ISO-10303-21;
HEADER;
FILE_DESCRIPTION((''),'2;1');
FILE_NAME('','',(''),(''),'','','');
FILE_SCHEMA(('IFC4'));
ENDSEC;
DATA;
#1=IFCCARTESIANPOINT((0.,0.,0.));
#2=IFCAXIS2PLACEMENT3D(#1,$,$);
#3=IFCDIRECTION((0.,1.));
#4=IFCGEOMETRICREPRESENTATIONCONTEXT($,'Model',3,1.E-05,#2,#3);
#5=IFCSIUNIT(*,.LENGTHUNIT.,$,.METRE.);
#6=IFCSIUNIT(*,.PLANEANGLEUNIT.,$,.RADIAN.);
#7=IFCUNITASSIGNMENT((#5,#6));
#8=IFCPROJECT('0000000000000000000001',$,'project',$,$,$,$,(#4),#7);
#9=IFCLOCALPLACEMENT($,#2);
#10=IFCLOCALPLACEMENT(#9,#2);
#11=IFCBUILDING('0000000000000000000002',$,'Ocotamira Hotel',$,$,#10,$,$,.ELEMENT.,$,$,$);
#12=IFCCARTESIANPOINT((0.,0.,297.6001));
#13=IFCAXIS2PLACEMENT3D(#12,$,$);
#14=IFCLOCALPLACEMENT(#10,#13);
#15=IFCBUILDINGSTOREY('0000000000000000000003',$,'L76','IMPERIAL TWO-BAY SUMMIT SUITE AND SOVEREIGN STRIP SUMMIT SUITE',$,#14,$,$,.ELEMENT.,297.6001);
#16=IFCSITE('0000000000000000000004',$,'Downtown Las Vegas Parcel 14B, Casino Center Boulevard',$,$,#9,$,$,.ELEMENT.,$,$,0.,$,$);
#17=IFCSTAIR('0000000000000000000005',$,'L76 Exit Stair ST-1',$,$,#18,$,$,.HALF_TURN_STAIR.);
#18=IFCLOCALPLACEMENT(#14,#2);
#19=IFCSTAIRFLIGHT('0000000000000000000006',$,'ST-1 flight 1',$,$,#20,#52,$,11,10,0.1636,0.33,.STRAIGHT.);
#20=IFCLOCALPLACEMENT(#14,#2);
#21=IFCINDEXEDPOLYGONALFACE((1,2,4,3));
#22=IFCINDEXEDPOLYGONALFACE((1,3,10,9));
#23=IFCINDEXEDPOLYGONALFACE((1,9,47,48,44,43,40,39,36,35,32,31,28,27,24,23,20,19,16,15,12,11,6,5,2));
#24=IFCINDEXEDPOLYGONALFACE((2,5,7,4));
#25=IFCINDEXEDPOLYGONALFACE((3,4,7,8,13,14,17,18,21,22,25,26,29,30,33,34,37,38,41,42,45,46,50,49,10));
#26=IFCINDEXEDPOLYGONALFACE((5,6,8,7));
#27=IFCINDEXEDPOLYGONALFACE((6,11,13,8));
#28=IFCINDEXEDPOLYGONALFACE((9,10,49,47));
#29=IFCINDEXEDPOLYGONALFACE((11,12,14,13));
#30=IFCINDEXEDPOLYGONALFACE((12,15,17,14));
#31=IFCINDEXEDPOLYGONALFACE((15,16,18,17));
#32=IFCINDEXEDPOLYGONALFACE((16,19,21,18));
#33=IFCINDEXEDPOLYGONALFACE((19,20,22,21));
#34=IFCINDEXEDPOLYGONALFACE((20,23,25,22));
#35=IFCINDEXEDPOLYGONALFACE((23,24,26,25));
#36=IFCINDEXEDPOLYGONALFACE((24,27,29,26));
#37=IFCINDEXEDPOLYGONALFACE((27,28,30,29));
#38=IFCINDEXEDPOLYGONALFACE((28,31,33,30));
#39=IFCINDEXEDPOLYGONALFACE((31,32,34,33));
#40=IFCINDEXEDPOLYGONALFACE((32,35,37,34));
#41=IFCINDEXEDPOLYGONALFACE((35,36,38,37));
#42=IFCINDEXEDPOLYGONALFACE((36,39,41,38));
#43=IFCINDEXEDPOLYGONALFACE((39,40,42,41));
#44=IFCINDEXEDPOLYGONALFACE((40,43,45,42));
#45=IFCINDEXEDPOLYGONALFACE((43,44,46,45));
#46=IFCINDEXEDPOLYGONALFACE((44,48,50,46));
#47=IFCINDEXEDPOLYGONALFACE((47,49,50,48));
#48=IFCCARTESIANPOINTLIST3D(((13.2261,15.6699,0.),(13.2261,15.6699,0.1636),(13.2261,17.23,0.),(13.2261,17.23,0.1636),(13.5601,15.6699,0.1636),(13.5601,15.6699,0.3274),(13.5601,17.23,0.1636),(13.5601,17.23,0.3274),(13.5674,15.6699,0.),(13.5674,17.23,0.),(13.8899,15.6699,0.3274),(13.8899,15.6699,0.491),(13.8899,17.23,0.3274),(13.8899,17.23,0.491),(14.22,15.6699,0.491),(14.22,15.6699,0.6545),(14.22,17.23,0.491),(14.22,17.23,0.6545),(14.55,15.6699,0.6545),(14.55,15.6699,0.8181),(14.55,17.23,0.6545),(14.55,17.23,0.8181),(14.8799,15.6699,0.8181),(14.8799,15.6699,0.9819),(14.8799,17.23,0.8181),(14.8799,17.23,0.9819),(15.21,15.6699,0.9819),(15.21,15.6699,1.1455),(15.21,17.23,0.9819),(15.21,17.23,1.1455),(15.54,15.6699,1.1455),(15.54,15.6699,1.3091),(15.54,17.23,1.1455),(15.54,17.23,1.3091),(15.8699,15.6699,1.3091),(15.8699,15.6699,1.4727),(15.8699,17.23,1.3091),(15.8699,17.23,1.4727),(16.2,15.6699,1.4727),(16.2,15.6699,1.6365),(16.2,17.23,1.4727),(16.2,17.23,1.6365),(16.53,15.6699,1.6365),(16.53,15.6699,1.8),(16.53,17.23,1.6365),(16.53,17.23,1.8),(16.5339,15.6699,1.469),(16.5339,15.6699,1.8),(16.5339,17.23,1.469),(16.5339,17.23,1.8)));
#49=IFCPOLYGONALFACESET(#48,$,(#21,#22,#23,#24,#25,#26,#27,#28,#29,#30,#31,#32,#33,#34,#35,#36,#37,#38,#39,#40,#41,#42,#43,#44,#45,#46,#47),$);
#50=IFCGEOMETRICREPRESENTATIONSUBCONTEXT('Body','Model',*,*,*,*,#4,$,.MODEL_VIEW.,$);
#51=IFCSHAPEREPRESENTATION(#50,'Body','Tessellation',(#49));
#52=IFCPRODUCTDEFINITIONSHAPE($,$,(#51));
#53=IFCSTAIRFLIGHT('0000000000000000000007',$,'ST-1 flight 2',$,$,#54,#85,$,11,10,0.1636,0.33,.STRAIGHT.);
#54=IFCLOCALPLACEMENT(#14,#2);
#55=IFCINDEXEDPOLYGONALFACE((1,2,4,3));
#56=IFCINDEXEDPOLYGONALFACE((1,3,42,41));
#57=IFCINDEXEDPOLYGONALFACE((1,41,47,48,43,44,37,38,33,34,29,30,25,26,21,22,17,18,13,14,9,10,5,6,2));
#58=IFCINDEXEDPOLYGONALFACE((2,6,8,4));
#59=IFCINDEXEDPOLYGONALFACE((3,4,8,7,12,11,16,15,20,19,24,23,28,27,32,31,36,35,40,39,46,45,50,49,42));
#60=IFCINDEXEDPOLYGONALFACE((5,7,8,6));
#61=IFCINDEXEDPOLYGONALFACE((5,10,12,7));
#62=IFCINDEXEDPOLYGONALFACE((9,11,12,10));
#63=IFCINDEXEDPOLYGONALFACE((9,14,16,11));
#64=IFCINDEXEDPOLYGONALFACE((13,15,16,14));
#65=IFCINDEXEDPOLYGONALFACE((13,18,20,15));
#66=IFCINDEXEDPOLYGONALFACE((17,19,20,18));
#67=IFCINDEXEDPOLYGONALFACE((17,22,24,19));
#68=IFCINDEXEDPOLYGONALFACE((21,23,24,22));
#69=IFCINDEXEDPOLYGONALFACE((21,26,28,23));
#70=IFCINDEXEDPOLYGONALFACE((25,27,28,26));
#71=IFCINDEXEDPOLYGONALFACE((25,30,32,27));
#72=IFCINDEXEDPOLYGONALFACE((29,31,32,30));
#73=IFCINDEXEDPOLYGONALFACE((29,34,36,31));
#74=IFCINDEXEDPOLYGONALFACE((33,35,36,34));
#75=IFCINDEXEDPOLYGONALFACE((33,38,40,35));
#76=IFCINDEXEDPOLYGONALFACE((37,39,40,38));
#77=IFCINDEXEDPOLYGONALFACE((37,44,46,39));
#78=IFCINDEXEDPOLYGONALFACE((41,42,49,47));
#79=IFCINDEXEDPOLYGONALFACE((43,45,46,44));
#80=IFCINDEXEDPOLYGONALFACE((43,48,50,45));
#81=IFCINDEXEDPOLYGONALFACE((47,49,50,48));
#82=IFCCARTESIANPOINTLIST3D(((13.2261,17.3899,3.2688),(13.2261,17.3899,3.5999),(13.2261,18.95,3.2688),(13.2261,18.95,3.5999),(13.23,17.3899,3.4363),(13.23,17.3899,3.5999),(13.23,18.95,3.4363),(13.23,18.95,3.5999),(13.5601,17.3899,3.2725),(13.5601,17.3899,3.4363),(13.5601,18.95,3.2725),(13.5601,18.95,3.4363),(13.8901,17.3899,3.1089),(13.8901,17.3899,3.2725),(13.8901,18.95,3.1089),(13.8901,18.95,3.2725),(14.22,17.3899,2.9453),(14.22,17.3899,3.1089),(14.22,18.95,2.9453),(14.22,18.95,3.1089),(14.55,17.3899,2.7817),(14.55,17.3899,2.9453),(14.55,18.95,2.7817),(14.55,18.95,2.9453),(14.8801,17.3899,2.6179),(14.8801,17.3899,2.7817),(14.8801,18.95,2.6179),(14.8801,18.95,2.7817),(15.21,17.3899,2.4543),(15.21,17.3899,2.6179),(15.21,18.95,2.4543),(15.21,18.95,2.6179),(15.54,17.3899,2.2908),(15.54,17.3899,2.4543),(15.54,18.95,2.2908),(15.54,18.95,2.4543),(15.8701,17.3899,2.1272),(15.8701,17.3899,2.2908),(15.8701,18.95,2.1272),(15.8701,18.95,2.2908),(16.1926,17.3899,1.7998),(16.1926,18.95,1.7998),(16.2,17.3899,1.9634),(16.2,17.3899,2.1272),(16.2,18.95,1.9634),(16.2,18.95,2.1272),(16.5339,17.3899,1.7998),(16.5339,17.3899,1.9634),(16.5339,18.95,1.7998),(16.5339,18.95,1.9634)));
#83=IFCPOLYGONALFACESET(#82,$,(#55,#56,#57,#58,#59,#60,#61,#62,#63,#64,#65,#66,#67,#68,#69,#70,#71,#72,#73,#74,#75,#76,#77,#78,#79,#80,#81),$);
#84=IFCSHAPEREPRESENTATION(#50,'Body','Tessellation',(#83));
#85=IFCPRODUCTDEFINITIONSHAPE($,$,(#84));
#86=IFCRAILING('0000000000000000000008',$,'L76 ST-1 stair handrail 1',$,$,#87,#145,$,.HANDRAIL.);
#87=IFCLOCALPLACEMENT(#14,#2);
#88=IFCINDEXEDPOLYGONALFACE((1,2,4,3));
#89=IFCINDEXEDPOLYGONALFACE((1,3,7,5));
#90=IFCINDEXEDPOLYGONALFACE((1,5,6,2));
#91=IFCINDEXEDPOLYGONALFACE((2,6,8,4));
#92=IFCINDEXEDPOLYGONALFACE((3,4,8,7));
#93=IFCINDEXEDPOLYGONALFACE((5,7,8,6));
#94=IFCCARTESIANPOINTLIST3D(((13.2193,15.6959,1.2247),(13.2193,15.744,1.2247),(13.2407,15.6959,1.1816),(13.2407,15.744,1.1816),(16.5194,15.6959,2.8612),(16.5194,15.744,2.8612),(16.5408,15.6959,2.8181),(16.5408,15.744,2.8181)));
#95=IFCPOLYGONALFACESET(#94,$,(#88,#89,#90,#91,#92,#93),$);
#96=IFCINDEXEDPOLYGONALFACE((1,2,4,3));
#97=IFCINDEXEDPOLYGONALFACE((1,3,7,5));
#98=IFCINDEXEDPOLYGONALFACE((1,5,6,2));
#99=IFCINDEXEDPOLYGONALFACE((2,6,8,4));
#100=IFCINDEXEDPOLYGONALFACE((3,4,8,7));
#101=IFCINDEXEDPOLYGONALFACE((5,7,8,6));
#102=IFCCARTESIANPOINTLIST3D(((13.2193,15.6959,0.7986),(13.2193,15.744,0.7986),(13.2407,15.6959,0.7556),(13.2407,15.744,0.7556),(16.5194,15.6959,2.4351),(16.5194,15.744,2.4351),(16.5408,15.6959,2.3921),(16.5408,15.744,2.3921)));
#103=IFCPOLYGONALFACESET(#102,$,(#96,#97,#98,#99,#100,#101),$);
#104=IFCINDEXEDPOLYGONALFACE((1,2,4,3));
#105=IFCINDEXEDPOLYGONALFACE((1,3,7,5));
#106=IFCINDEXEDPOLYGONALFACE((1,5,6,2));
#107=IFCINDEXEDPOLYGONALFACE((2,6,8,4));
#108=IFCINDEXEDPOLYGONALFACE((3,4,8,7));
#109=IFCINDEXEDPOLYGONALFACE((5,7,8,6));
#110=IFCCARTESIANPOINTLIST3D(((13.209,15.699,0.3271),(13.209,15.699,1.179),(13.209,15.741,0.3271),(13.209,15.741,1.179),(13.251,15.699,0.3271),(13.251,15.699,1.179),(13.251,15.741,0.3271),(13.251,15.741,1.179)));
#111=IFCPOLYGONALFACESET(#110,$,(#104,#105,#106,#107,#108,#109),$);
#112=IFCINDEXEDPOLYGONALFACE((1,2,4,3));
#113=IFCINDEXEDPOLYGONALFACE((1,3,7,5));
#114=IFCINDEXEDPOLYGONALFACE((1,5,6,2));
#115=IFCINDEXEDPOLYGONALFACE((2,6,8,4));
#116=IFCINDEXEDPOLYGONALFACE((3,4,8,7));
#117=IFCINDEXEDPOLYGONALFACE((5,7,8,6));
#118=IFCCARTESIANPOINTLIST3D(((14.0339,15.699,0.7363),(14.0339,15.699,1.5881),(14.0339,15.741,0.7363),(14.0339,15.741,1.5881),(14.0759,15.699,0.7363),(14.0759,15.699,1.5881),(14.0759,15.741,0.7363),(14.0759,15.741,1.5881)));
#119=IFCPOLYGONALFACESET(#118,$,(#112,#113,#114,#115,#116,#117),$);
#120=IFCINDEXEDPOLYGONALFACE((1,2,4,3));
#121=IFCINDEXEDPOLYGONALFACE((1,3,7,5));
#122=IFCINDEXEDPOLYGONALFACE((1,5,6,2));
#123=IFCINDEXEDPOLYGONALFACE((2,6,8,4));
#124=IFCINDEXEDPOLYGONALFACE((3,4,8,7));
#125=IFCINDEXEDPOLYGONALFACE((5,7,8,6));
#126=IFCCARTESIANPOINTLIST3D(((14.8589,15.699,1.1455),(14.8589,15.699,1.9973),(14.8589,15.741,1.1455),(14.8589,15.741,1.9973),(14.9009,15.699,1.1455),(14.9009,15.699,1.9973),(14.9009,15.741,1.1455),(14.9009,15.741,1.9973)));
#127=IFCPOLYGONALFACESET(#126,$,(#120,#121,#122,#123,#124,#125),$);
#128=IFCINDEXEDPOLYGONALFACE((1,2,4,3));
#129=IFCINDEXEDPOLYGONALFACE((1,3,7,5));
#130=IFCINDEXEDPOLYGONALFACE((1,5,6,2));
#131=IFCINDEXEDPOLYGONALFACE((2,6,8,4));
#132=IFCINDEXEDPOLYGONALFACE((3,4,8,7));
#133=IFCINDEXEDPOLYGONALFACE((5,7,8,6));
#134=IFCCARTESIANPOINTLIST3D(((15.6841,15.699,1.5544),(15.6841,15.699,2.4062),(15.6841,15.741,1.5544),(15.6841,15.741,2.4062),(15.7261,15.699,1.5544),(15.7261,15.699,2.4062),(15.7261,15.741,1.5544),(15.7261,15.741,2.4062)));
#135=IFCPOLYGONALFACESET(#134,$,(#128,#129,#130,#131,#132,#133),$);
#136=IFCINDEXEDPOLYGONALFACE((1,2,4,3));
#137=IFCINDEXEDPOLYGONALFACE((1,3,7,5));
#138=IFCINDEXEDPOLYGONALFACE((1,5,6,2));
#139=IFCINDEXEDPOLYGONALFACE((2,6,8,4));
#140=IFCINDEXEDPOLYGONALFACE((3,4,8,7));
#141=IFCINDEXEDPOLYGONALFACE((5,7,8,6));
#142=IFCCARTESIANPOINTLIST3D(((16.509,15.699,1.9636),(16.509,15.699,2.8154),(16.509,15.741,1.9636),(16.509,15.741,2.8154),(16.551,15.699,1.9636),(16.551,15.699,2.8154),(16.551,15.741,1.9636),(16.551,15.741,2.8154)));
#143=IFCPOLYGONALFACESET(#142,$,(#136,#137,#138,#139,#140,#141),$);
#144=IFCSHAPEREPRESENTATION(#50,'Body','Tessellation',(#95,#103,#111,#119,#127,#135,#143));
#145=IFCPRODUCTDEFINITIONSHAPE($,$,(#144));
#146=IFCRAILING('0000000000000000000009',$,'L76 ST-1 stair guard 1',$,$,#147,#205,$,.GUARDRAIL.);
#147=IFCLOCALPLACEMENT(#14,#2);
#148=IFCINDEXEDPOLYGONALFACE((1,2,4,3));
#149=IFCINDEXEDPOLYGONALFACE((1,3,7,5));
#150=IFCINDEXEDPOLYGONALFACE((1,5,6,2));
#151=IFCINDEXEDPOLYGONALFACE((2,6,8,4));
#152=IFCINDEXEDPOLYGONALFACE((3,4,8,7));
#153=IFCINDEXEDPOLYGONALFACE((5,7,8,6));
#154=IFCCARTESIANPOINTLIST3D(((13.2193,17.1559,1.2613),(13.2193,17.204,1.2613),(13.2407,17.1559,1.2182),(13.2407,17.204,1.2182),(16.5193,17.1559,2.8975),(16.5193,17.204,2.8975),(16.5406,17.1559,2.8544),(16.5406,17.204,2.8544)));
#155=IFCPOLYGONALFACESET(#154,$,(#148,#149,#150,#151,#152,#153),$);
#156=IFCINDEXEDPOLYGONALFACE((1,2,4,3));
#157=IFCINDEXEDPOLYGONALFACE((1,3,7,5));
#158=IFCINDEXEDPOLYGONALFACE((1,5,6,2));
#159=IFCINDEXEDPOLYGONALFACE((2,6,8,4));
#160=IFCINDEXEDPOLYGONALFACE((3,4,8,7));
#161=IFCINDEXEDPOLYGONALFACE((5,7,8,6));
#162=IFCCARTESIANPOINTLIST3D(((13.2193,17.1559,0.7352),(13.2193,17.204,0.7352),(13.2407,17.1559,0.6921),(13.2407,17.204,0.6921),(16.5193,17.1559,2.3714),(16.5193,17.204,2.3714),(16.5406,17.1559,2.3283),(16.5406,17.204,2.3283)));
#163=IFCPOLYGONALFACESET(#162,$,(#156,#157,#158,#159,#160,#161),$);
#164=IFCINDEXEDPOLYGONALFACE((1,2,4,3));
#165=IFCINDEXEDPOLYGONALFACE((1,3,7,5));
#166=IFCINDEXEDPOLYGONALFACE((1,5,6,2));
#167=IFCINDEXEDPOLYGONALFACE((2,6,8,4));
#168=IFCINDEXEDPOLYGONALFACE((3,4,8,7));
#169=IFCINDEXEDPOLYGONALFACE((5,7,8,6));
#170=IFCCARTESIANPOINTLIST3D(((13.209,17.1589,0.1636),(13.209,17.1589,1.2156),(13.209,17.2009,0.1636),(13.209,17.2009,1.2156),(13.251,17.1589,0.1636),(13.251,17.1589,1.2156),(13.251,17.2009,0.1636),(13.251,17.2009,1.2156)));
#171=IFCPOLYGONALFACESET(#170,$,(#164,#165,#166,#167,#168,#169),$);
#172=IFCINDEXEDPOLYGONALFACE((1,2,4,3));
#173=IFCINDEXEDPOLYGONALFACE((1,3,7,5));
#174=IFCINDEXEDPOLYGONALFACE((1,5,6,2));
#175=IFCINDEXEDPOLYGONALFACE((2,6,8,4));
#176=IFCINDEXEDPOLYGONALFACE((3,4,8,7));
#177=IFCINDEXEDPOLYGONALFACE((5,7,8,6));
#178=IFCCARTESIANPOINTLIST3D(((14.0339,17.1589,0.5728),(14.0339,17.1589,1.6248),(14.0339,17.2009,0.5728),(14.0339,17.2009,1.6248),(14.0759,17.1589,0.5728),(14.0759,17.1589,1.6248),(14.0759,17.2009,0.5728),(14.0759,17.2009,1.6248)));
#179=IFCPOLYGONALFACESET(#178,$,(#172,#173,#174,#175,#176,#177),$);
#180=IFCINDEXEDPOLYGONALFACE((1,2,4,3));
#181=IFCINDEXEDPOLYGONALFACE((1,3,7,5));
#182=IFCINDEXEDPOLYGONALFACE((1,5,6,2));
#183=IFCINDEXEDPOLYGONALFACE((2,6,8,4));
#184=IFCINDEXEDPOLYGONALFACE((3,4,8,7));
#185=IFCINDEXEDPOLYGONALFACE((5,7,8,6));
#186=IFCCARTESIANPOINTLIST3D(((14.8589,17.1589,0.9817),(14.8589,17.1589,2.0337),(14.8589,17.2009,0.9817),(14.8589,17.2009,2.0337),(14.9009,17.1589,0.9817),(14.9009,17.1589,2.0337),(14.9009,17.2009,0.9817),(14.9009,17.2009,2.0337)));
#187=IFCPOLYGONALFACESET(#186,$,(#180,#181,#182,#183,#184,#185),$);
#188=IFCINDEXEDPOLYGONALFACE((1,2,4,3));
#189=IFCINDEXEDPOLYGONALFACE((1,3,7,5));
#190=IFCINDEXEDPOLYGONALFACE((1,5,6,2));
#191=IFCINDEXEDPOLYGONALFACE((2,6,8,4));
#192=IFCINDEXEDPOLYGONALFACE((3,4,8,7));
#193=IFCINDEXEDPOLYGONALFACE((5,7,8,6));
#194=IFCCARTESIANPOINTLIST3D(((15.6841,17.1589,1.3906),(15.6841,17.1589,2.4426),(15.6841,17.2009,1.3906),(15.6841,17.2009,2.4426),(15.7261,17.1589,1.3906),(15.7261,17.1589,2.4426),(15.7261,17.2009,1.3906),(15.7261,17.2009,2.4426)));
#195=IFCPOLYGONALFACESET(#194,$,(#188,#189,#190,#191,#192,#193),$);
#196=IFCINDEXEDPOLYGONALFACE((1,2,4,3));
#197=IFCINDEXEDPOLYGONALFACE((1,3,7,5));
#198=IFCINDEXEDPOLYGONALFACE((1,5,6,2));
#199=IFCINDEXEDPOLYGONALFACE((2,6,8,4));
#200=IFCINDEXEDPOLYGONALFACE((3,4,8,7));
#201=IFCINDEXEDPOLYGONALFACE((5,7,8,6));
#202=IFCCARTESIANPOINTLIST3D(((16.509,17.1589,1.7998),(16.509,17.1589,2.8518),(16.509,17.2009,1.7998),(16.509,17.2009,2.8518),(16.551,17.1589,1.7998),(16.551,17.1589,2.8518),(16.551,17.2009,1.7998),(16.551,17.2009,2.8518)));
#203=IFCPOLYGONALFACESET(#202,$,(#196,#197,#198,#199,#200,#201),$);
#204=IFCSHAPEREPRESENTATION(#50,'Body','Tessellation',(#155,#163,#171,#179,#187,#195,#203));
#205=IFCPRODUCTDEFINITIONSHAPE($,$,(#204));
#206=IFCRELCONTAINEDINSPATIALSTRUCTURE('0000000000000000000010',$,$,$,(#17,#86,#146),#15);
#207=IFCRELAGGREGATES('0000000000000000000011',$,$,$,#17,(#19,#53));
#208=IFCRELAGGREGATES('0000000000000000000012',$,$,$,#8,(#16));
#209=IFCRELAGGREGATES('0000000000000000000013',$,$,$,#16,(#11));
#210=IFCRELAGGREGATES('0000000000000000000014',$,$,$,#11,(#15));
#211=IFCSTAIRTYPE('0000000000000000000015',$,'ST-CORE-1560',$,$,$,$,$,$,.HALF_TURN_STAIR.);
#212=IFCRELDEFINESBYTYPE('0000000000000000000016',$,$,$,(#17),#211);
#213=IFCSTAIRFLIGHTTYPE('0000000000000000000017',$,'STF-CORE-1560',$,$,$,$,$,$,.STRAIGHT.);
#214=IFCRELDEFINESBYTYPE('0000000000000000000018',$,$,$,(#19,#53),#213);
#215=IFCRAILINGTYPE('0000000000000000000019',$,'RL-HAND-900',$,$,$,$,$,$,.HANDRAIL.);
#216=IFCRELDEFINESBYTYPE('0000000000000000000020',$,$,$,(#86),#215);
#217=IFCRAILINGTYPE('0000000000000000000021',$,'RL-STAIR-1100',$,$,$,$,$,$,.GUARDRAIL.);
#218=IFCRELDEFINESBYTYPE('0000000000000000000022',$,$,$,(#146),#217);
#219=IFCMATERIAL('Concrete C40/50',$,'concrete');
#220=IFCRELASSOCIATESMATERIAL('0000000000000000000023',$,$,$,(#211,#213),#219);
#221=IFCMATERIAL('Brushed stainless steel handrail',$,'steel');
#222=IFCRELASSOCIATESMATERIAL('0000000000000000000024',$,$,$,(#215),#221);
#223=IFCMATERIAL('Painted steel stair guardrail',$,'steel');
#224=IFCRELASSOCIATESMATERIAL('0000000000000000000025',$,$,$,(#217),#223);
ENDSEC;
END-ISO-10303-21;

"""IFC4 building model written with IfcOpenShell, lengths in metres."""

from ifc_helpers import new_model, si_unit, direction, frame, origin, origin_2d, place, context, subcontext, project, spatial, polyline, rectangle, outline, extrude, source, transform, mapped, material, type_object, element, aggregate, save


model = new_model("IFC4")

# Units and contexts
model_context = context("Model", 3, precision=1e-05, world=origin(), true_north=direction((0.0, 1.0)))
body_context = subcontext(model_context, "Body", "Model", "MODEL_VIEW")
ifc_project = project(units=[si_unit("LENGTHUNIT", "METRE"), si_unit("PLANEANGLEUNIT", "RADIAN")], contexts=[model_context])

# Site, building, storey
site_placement = place(None, origin())
site = spatial("IfcSite", under=ifc_project, at=site_placement, Name="Downtown Las Vegas Parcel 14B, Casino Center Boulevard", CompositionType="ELEMENT", RefElevation=0.0)
building_placement = place(site_placement, origin())
building = spatial("IfcBuilding", under=site, at=building_placement, Name="Ocotamira Hotel", CompositionType="ELEMENT")
storey_placement = place(building_placement, frame((0.0, 0.0, 297.6001)))
storey = spatial("IfcBuildingStorey", under=building, at=storey_placement, Name="L76", Description="IMPERIAL TWO-BAY SUMMIT SUITE AND SOVEREIGN STRIP SUMMIT SUITE", CompositionType="ELEMENT", Elevation=297.6001)

# Stair, stair flights
ifc_material_1 = material(Name="Concrete C40/50", Category="concrete")
stair_type = type_object("IfcStairType", Name="ST-CORE-1560", PredefinedType="HALF_TURN_STAIR", material=ifc_material_1)
stair_placement = place(storey_placement, origin())
stair = element("IfcStair", 1, at=stair_placement, inside=storey, type_object=stair_type, Name="L76 Exit Stair ST-1", PredefinedType="HALF_TURN_STAIR")
stair_flight_type = type_object("IfcStairFlightType", Name="STF-CORE-1560", PredefinedType="STRAIGHT", material=ifc_material_1)
shared_shape_1 = source(origin(), body_context, "Body", "SweptSolid", [
    extrude(outline(polyline([(-0.0039, 0.0), (-0.0039, 0.1636), (0.3301, 0.1636), (0.3301, 0.3274), (0.6599, 0.3274), (0.6599, 0.491), (0.99, 0.491), (0.99, 0.6545), (1.3201, 0.6545), (1.3201, 0.8181), (1.6499, 0.8181), (1.6499, 0.9819), (1.98, 0.9819), (1.98, 1.1455), (2.3101, 1.1455), (2.3101, 1.3091), (2.6399, 1.3091), (2.6399, 1.4727), (2.97, 1.4727), (2.97, 1.6365), (3.3, 1.6365), (3.3, 1.8), (3.304, 1.8), (3.304, 1.469), (0.3374, 0.0), (-0.0039, 0.0)])), frame((0.0, 0.78, 0.0), z_axis=(0.0, -1.0, 0.0), x_axis=(1.0, 0.0, 0.0)), (0.0, 0.0, 1.0), 1.5601),
])
stair_flight_1_placement = place(storey_placement, frame((13.23, 16.45, 0.0), z_axis=(0.0, 0.0, 1.0), x_axis=(1.0, 0.0, 0.0)))
stair_flight_1 = element("IfcStairFlight", 2, at=stair_flight_1_placement, type_object=stair_flight_type, Name="ST-1 flight 1", NumberOfRisers=11, NumberOfTreads=10, PredefinedType="STRAIGHT", RiserHeight=0.1636, TreadLength=0.33, context=body_context, shape_type="MappedRepresentation", body=[
    mapped(shared_shape_1, transform((0.0, 0.0, 0.0), scale=1.0)),
])
stair_flight_2_placement = place(storey_placement, frame((16.53, 18.1699, 1.7998), z_axis=(0.0, 0.0, 1.0), x_axis=(-1.0, 0.0, 0.0)))
stair_flight_2 = element("IfcStairFlight", 3, at=stair_flight_2_placement, type_object=stair_flight_type, Name="ST-1 flight 2", NumberOfRisers=11, NumberOfTreads=10, PredefinedType="STRAIGHT", RiserHeight=0.1636, TreadLength=0.33, context=body_context, shape_type="MappedRepresentation", body=[
    mapped(shared_shape_1, transform((0.0, 0.0, 0.0), scale=1.0)),
])
aggregate(stair, [stair_flight_1, stair_flight_2])

# Railings
ifc_material_2 = material(Name="Brushed stainless steel handrail", Category="steel")
railing_type_1 = type_object("IfcRailingType", Name="RL-HAND-900", PredefinedType="HANDRAIL", material=ifc_material_2)
railing_1_placement = place(storey_placement, frame((13.23, 15.72, 0.3271)))
element("IfcRailing", 4, at=railing_1_placement, inside=storey, type_object=railing_type_1, Name="L76 ST-1 stair handrail 1", PredefinedType="HANDRAIL", context=body_context, shape_type="SweptSolid", body=[
    extrude(rectangle(XDim=0.0481, YDim=0.0481, at=origin_2d()), frame((0.0, 0.0, 0.876), z_axis=(0.895894, 0.0, 0.444268), x_axis=(0.0, 1.0, 0.0)), (0.0, 0.0, 1.0), 3.6836),
    extrude(rectangle(XDim=0.0481, YDim=0.0481, at=origin_2d()), frame((0.0, 0.0, 0.45), z_axis=(0.895894, 0.0, 0.444268), x_axis=(0.0, 1.0, 0.0)), (0.0, 0.0, 1.0), 3.6836),
    extrude(rectangle(XDim=0.042, YDim=0.042, at=origin_2d()), origin(), (0.0, 0.0, 1.0), 0.8518),
    extrude(rectangle(XDim=0.042, YDim=0.042, at=origin_2d()), frame((0.825, 0.0, 0.4092)), (0.0, 0.0, 1.0), 0.8518),
    extrude(rectangle(XDim=0.042, YDim=0.042, at=origin_2d()), frame((1.6499, 0.0, 0.8184)), (0.0, 0.0, 1.0), 0.8518),
    extrude(rectangle(XDim=0.042, YDim=0.042, at=origin_2d()), frame((2.4751, 0.0, 1.2273)), (0.0, 0.0, 1.0), 0.8518),
    extrude(rectangle(XDim=0.042, YDim=0.042, at=origin_2d()), frame((3.3, 0.0, 1.6365)), (0.0, 0.0, 1.0), 0.8518),
])
ifc_material_3 = material(Name="Painted steel stair guardrail", Category="steel")
railing_type_2 = type_object("IfcRailingType", Name="RL-STAIR-1100", PredefinedType="GUARDRAIL", material=ifc_material_3)
railing_2_placement = place(storey_placement, frame((13.23, 17.1799, 0.1636)))
element("IfcRailing", 5, at=railing_2_placement, inside=storey, type_object=railing_type_2, Name="L76 ST-1 stair guard 1", PredefinedType="GUARDRAIL", context=body_context, shape_type="SweptSolid", body=[
    extrude(rectangle(XDim=0.0481, YDim=0.0481, at=origin_2d()), frame((0.0, 0.0, 1.0762), z_axis=(0.89592, 0.0, 0.444215), x_axis=(0.0, 1.0, 0.0)), (0.0, 0.0, 1.0), 3.6833),
    extrude(rectangle(XDim=0.0481, YDim=0.0481, at=origin_2d()), frame((0.0, 0.0, 0.55), z_axis=(0.89592, 0.0, 0.444215), x_axis=(0.0, 1.0, 0.0)), (0.0, 0.0, 1.0), 3.6833),
    extrude(rectangle(XDim=0.042, YDim=0.042, at=origin_2d()), origin(), (0.0, 0.0, 1.0), 1.052),
    extrude(rectangle(XDim=0.042, YDim=0.042, at=origin_2d()), frame((0.825, 0.0, 0.4092)), (0.0, 0.0, 1.0), 1.052),
    extrude(rectangle(XDim=0.042, YDim=0.042, at=origin_2d()), frame((1.6499, 0.0, 0.8181)), (0.0, 0.0, 1.0), 1.052),
    extrude(rectangle(XDim=0.042, YDim=0.042, at=origin_2d()), frame((2.4751, 0.0, 1.2271)), (0.0, 0.0, 1.0), 1.052),
    extrude(rectangle(XDim=0.042, YDim=0.042, at=origin_2d()), frame((3.3, 0.0, 1.6362)), (0.0, 0.0, 1.0), 1.052),
])

save(model, "model.ifc")
